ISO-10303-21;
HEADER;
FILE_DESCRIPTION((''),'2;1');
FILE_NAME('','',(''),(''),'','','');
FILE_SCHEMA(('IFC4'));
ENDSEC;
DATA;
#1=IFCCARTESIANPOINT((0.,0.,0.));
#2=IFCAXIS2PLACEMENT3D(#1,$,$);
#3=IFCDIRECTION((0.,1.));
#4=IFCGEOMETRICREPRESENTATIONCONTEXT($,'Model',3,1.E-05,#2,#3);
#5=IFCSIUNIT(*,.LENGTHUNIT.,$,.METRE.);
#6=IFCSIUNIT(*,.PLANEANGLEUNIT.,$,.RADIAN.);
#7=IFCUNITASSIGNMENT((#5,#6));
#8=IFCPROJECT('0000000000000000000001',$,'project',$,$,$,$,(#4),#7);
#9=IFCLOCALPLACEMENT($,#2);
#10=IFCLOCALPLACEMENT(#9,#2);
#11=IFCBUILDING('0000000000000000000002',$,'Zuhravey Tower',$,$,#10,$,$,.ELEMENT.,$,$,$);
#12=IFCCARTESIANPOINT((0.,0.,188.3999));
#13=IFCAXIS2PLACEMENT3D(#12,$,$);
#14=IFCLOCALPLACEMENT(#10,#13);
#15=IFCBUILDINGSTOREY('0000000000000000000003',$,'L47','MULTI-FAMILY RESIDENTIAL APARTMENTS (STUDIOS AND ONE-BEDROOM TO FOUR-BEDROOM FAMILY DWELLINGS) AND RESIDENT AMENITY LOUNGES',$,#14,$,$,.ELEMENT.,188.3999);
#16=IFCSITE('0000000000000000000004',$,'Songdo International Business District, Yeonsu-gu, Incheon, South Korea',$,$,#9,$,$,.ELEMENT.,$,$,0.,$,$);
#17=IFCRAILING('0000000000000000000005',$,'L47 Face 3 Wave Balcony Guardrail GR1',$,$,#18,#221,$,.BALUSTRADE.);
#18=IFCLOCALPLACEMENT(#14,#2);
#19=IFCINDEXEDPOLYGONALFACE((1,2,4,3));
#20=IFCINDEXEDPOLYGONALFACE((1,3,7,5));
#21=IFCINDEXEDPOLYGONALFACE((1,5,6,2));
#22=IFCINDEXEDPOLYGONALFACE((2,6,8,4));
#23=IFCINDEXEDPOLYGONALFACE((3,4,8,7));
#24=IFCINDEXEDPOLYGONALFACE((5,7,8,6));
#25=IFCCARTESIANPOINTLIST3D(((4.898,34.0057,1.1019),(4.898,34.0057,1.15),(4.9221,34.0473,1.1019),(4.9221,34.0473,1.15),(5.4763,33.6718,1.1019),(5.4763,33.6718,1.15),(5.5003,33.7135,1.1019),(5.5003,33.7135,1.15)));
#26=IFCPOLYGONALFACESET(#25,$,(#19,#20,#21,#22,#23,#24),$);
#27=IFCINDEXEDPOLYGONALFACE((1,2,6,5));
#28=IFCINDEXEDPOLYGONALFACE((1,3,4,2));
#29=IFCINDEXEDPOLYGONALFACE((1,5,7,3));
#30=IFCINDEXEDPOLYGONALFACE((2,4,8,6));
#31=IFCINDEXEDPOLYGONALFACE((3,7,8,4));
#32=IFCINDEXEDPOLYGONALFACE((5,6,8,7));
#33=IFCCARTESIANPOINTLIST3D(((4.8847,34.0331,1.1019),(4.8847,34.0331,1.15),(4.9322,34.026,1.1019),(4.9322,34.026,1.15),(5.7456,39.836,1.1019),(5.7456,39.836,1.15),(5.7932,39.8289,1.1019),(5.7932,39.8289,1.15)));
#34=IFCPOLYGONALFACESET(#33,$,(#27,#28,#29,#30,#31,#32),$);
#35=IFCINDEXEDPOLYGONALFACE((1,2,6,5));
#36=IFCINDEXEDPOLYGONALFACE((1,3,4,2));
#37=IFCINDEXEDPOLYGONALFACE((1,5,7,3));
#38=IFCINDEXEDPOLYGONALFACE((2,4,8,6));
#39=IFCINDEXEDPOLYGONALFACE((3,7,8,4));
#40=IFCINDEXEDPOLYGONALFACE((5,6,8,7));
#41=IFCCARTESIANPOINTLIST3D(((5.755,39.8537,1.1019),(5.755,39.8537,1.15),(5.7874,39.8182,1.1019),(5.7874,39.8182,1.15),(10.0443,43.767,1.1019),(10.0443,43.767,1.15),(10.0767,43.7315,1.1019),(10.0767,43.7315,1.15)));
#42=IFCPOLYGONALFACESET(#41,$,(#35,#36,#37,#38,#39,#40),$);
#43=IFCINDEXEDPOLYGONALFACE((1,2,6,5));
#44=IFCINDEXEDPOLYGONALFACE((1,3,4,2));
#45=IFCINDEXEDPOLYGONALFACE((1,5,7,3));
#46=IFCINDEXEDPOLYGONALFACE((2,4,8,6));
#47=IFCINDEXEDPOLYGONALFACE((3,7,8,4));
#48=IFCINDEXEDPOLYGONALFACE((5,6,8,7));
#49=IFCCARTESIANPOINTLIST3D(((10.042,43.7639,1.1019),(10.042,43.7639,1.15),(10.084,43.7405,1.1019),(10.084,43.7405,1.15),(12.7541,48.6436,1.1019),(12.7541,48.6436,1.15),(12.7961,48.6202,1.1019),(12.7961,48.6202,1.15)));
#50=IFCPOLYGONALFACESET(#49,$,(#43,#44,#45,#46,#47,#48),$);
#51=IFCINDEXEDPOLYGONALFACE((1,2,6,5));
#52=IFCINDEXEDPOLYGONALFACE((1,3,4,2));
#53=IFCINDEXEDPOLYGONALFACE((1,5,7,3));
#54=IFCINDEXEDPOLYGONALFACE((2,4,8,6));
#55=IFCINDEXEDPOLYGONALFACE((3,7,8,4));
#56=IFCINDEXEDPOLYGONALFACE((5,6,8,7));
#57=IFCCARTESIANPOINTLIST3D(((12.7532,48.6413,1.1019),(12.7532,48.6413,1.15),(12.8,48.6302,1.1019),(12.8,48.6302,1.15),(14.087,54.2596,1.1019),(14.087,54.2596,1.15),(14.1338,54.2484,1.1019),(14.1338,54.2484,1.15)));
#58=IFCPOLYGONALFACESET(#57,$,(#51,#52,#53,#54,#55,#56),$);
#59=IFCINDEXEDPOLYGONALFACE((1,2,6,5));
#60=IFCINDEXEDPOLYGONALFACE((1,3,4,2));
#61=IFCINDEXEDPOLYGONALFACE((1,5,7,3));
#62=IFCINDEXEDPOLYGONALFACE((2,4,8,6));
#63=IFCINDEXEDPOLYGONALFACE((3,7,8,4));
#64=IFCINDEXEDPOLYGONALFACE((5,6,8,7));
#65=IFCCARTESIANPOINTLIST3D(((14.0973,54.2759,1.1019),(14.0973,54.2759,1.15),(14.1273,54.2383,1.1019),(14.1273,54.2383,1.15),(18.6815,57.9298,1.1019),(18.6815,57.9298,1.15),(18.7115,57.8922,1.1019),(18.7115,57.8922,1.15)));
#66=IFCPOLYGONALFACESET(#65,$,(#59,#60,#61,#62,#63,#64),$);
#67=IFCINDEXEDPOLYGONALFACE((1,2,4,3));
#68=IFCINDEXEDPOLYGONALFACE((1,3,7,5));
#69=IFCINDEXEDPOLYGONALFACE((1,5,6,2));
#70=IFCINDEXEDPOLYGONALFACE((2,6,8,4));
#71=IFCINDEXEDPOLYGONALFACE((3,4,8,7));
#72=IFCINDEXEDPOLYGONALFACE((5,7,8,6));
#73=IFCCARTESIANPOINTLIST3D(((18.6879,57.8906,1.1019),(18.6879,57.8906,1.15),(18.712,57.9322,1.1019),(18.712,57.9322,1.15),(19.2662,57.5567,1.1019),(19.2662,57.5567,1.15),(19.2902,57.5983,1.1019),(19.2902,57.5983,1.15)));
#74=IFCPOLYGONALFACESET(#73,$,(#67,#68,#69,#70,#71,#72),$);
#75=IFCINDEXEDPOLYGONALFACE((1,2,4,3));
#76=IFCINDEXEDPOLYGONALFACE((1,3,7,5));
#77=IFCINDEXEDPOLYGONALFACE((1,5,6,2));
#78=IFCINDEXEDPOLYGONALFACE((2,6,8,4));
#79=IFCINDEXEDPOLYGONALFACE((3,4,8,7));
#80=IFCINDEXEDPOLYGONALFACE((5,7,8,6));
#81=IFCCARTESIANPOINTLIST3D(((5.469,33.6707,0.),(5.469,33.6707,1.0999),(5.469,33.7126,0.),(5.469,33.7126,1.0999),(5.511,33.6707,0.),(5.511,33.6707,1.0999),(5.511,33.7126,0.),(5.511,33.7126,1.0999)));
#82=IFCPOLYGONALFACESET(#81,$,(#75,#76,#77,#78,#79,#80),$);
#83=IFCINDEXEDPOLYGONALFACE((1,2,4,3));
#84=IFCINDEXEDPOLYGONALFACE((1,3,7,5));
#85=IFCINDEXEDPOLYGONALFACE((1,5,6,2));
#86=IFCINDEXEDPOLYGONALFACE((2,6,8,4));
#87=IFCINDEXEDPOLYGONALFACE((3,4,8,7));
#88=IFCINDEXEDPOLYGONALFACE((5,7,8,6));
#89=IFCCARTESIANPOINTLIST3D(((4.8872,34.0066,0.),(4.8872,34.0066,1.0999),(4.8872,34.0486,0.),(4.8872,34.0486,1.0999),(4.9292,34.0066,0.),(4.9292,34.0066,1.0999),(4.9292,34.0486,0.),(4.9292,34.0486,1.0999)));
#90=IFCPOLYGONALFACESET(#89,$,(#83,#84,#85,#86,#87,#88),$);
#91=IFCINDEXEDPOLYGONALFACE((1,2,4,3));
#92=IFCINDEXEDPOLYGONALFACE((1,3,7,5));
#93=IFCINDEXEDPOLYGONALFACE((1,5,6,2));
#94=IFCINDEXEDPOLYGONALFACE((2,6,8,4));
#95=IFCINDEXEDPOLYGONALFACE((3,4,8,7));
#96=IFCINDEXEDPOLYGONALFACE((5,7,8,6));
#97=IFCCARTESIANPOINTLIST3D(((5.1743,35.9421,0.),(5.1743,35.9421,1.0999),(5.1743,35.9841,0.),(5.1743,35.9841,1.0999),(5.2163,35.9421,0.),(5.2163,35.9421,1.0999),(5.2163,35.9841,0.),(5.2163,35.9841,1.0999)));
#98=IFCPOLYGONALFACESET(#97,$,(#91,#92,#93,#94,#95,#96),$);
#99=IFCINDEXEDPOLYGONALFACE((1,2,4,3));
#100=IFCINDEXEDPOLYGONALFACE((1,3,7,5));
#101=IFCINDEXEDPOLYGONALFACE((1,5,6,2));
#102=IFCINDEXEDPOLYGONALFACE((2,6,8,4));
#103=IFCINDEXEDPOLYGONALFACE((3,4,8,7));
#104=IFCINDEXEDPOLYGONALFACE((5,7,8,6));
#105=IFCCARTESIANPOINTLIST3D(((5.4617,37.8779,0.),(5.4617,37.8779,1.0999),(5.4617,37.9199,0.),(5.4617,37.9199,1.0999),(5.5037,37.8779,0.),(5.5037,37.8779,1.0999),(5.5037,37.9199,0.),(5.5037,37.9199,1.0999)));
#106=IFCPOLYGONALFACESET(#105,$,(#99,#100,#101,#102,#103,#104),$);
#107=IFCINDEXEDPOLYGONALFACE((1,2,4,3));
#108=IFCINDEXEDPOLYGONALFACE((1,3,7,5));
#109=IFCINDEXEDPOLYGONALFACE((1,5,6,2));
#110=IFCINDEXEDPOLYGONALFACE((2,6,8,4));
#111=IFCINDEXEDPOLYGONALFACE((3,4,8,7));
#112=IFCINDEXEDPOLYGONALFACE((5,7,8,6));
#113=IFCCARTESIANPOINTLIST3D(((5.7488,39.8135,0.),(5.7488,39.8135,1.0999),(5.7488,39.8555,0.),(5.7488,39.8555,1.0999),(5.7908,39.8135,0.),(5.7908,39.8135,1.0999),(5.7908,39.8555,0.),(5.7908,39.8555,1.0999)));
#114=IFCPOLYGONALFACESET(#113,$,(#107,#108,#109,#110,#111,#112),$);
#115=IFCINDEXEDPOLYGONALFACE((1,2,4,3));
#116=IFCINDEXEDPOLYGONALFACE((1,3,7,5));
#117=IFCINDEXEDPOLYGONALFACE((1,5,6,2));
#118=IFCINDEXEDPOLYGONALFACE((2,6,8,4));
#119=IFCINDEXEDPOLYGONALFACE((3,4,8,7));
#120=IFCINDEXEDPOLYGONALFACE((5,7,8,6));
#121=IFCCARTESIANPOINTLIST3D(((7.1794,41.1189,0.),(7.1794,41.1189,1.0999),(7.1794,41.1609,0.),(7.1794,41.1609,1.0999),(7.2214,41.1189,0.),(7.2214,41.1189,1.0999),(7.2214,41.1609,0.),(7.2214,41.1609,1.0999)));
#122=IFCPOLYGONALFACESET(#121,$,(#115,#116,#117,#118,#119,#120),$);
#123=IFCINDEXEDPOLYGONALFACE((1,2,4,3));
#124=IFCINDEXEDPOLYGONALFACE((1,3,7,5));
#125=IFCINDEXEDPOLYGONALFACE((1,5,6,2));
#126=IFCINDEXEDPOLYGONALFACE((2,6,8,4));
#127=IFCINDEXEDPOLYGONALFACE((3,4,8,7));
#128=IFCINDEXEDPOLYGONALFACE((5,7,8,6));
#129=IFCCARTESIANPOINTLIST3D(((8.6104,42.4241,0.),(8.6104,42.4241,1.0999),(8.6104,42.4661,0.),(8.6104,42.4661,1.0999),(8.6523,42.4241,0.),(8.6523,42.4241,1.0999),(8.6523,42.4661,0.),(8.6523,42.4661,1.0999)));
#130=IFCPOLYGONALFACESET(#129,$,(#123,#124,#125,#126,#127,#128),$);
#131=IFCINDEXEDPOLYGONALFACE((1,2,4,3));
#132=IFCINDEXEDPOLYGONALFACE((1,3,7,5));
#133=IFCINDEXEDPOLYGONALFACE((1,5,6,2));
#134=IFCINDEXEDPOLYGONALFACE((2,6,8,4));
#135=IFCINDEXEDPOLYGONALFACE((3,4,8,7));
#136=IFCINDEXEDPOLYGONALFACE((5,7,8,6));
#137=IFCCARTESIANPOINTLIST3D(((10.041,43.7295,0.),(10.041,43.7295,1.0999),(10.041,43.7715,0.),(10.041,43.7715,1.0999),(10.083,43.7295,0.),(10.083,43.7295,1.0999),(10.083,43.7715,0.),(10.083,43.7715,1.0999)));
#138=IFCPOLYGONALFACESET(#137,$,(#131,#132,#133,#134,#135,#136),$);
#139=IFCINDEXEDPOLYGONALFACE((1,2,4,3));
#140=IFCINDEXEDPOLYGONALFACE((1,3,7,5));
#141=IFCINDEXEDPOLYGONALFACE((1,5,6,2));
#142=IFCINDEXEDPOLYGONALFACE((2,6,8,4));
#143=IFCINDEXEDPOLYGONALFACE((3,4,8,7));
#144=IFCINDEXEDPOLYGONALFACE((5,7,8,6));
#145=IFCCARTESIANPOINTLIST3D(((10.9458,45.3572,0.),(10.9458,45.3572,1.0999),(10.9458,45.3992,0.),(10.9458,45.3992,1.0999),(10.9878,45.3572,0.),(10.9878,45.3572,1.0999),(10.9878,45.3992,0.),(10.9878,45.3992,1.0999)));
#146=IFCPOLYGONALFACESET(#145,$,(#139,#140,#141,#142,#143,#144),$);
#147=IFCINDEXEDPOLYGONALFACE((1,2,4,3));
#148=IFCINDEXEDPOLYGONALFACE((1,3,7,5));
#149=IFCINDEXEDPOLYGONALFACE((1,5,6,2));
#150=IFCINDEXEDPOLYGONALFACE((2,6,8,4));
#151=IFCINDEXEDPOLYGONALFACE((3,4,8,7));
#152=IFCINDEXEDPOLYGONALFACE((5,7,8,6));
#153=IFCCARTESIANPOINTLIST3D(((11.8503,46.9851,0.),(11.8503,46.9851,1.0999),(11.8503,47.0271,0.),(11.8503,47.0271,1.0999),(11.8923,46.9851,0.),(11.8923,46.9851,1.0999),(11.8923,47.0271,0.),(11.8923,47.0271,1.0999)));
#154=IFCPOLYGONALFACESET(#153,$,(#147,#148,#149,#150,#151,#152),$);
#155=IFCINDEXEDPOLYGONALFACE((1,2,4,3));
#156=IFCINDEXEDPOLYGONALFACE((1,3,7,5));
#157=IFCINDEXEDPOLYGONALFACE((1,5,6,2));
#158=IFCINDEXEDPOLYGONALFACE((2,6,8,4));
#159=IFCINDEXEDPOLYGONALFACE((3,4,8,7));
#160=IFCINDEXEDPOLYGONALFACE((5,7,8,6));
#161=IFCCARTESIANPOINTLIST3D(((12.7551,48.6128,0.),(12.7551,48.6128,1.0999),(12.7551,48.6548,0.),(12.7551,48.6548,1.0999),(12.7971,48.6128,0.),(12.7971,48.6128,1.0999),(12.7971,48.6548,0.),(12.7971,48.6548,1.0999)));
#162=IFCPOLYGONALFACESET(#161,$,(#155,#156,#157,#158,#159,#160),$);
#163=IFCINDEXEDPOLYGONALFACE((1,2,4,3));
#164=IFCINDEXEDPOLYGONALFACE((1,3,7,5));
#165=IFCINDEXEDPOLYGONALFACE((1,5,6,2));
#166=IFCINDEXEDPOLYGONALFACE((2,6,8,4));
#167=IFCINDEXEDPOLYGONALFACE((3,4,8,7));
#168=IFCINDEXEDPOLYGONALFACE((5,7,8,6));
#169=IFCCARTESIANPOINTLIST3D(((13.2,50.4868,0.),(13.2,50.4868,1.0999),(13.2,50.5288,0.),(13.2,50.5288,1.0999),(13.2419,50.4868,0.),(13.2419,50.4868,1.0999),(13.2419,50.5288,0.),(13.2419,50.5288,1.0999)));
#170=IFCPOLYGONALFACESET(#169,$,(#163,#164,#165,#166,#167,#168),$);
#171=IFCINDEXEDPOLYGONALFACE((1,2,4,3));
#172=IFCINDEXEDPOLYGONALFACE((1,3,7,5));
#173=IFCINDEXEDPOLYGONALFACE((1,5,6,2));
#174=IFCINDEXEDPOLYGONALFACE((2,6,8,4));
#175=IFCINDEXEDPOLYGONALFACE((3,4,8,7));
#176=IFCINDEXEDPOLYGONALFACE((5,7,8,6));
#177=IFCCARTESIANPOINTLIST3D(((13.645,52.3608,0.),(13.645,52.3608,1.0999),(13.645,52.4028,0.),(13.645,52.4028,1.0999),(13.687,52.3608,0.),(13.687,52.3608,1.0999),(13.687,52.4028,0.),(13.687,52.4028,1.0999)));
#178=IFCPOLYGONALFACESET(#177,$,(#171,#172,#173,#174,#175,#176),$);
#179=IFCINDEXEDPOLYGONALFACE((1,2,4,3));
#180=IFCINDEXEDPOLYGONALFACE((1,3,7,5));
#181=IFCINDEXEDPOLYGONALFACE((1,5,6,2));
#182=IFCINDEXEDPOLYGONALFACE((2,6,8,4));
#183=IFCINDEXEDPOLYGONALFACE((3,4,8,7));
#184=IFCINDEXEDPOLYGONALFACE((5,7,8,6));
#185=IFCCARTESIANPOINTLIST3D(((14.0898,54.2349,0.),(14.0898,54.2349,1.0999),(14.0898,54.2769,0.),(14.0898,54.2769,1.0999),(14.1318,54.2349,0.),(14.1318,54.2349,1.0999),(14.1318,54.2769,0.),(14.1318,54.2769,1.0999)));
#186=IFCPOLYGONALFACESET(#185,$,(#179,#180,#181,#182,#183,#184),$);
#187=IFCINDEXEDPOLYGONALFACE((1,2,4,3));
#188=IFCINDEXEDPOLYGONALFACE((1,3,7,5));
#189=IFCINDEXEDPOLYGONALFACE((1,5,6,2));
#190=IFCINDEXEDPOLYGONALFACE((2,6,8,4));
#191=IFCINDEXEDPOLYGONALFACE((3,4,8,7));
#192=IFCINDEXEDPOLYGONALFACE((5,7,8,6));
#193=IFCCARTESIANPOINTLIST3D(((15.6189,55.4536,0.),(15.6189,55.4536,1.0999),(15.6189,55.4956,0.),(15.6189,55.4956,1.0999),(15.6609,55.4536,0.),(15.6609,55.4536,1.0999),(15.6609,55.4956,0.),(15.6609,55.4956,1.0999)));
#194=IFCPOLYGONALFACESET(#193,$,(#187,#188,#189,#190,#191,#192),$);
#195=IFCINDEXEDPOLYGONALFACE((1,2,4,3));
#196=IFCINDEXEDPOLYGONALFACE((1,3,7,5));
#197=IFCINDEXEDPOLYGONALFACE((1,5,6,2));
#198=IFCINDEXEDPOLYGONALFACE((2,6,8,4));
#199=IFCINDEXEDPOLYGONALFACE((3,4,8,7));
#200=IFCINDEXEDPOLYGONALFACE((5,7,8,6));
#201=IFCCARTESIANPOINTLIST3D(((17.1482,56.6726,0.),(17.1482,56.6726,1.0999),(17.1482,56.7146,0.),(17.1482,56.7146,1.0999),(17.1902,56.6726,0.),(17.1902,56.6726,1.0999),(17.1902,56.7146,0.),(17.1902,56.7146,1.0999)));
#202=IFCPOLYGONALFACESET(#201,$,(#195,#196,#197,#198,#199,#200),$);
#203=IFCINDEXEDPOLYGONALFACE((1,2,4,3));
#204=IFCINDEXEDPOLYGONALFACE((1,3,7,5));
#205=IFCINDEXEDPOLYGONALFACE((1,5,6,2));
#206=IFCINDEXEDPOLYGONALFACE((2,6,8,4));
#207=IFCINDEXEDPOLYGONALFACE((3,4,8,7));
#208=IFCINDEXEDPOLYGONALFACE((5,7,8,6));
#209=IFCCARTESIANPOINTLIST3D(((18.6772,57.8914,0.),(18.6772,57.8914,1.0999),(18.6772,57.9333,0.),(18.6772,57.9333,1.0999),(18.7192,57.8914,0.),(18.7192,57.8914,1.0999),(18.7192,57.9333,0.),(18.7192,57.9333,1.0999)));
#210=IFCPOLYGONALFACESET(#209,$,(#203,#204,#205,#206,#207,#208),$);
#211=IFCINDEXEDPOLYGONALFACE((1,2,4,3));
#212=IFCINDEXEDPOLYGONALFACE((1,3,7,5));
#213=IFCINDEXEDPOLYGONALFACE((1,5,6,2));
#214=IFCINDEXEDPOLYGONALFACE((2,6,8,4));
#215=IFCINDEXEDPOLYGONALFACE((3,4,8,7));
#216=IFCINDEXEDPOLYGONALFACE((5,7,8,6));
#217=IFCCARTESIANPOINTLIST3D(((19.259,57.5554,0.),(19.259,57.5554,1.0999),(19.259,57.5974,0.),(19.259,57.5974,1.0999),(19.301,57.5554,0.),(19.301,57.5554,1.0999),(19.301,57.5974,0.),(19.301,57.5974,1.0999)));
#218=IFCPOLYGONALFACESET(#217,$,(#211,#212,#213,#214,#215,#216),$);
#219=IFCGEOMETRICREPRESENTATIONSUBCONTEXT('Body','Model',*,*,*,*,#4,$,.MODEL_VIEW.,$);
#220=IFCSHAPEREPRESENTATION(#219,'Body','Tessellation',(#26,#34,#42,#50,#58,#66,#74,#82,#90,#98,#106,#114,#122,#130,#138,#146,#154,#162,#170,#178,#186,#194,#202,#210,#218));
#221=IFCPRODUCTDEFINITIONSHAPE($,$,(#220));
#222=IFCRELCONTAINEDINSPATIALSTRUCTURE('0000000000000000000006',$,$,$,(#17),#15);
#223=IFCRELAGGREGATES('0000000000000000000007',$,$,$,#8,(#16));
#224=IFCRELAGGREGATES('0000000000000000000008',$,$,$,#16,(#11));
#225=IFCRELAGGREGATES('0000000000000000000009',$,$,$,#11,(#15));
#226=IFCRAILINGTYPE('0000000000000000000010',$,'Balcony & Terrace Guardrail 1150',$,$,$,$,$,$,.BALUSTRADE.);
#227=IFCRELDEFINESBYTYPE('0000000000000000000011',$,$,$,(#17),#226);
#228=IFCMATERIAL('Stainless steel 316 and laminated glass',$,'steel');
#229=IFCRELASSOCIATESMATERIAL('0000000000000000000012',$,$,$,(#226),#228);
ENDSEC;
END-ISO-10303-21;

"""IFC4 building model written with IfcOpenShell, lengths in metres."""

from ifc_helpers import new_model, si_unit, direction, frame, origin, origin_2d, place, context, subcontext, project, spatial, rectangle, extrude, material, type_object, element, save


model = new_model("IFC4")

# Units and contexts
model_context = context("Model", 3, precision=1e-05, world=origin(), true_north=direction((0.0, 1.0)))
body_context = subcontext(model_context, "Body", "Model", "MODEL_VIEW")
ifc_project = project(units=[si_unit("LENGTHUNIT", "METRE"), si_unit("PLANEANGLEUNIT", "RADIAN")], contexts=[model_context])

# Site, building, storey
site_placement = place(None, origin())
site = spatial("IfcSite", under=ifc_project, at=site_placement, Name="Songdo International Business District, Yeonsu-gu, Incheon, South Korea", CompositionType="ELEMENT", RefElevation=0.0)
building_placement = place(site_placement, origin())
building = spatial("IfcBuilding", under=site, at=building_placement, Name="Zuhravey Tower", CompositionType="ELEMENT")
storey_placement = place(building_placement, frame((0.0, 0.0, 188.3999)))
storey = spatial("IfcBuildingStorey", under=building, at=storey_placement, Name="L47", Description="MULTI-FAMILY RESIDENTIAL APARTMENTS (STUDIOS AND ONE-BEDROOM TO FOUR-BEDROOM FAMILY DWELLINGS) AND RESIDENT AMENITY LOUNGES", CompositionType="ELEMENT", Elevation=188.3999)

# Railing
ifc_material_1 = material(Name="Stainless steel 316 and laminated glass", Category="steel")
railing_type = type_object("IfcRailingType", Name="Balcony & Terrace Guardrail 1150", PredefinedType="BALUSTRADE", material=ifc_material_1)
railing_placement = place(storey_placement, frame((5.49, 33.6917, 0.0)))
element("IfcRailing", 1, at=railing_placement, inside=storey, type_object=railing_type, Name="L47 Face 3 Wave Balcony Guardrail GR1", PredefinedType="BALUSTRADE", context=body_context, shape_type="SweptSolid", body=[
    extrude(rectangle(XDim=0.0481, YDim=0.0481, at=origin_2d()), frame((-0.0017, 0.001, 1.126), z_axis=(-0.865998, 0.500048, 0.0), x_axis=(-0.500048, -0.865998, 0.0)), (0.0, 0.0, 1.0), 0.6677),
    extrude(rectangle(XDim=0.0481, YDim=0.0481, at=origin_2d()), frame((-0.5815, 0.3379, 1.126), z_axis=(0.146764, 0.989172, 0.0), x_axis=(-0.989172, 0.146764, 0.0)), (0.0, 0.0, 1.0), 5.8665),
    extrude(rectangle(XDim=0.0481, YDim=0.0481, at=origin_2d()), frame((0.2812, 6.1443, 1.126), z_axis=(0.738741, 0.673989, 0.0), x_axis=(-0.673989, 0.738741, 0.0)), (0.0, 0.0, 1.0), 5.8062),
    extrude(rectangle(XDim=0.0481, YDim=0.0481, at=origin_2d()), frame((4.573, 10.0605, 1.126), z_axis=(0.485802, 0.874069, 0.0), x_axis=(-0.874069, 0.485802, 0.0)), (0.0, 0.0, 1.0), 5.5828),
    extrude(rectangle(XDim=0.0481, YDim=0.0481, at=origin_2d()), frame((7.2866, 14.9441, 1.126), z_axis=(0.230986, 0.972957, 0.0), x_axis=(-0.972957, 0.230986, 0.0)), (0.0, 0.0, 1.0), 5.7744),
    extrude(rectangle(XDim=0.0481, YDim=0.0481, at=origin_2d()), frame((8.6223, 20.5654, 1.126), z_axis=(0.781984, 0.623298, 0.0), x_axis=(-0.623298, 0.781984, 0.0)), (0.0, 0.0, 1.0), 5.8623),
    extrude(rectangle(XDim=0.0481, YDim=0.0481, at=origin_2d()), frame((13.21, 24.2197, 1.126), z_axis=(0.865998, -0.500048, 0.0), x_axis=(0.500048, 0.865998, 0.0)), (0.0, 0.0, 1.0), 0.6677),
    extrude(rectangle(XDim=0.042, YDim=0.042, at=origin_2d()), origin(), (0.0, 0.0, 1.0), 1.0999),
    extrude(rectangle(XDim=0.042, YDim=0.042, at=origin_2d()), frame((-0.5818, 0.3359, 0.0)), (0.0, 0.0, 1.0), 1.0999),
    extrude(rectangle(XDim=0.042, YDim=0.042, at=origin_2d()), frame((-0.2947, 2.2715, 0.0)), (0.0, 0.0, 1.0), 1.0999),
    extrude(rectangle(XDim=0.042, YDim=0.042, at=origin_2d()), frame((-0.0073, 4.2073, 0.0)), (0.0, 0.0, 1.0), 1.0999),
    extrude(rectangle(XDim=0.042, YDim=0.042, at=origin_2d()), frame((0.2798, 6.1428, 0.0)), (0.0, 0.0, 1.0), 1.0999),
    extrude(rectangle(XDim=0.042, YDim=0.042, at=origin_2d()), frame((1.7104, 7.4482, 0.0)), (0.0, 0.0, 1.0), 1.0999),
    extrude(rectangle(XDim=0.042, YDim=0.042, at=origin_2d()), frame((3.1414, 8.7534, 0.0)), (0.0, 0.0, 1.0), 1.0999),
    extrude(rectangle(XDim=0.042, YDim=0.042, at=origin_2d()), frame((4.572, 10.0588, 0.0)), (0.0, 0.0, 1.0), 1.0999),
    extrude(rectangle(XDim=0.042, YDim=0.042, at=origin_2d()), frame((5.4768, 11.6865, 0.0)), (0.0, 0.0, 1.0), 1.0999),
    extrude(rectangle(XDim=0.042, YDim=0.042, at=origin_2d()), frame((6.3813, 13.3145, 0.0)), (0.0, 0.0, 1.0), 1.0999),
    extrude(rectangle(XDim=0.042, YDim=0.042, at=origin_2d()), frame((7.2861, 14.9421, 0.0)), (0.0, 0.0, 1.0), 1.0999),
    extrude(rectangle(XDim=0.042, YDim=0.042, at=origin_2d()), frame((7.731, 16.8162, 0.0)), (0.0, 0.0, 1.0), 1.0999),
    extrude(rectangle(XDim=0.042, YDim=0.042, at=origin_2d()), frame((8.176, 18.6902, 0.0)), (0.0, 0.0, 1.0), 1.0999),
    extrude(rectangle(XDim=0.042, YDim=0.042, at=origin_2d()), frame((8.6208, 20.5642, 0.0)), (0.0, 0.0, 1.0), 1.0999),
    extrude(rectangle(XDim=0.042, YDim=0.042, at=origin_2d()), frame((10.1499, 21.783, 0.0)), (0.0, 0.0, 1.0), 1.0999),
    extrude(rectangle(XDim=0.042, YDim=0.042, at=origin_2d()), frame((11.6792, 23.002, 0.0)), (0.0, 0.0, 1.0), 1.0999),
    extrude(rectangle(XDim=0.042, YDim=0.042, at=origin_2d()), frame((13.2083, 24.2207, 0.0)), (0.0, 0.0, 1.0), 1.0999),
    extrude(rectangle(XDim=0.042, YDim=0.042, at=origin_2d()), frame((13.79, 23.8848, 0.0)), (0.0, 0.0, 1.0), 1.0999),
])

save(model, "model.ifc")
